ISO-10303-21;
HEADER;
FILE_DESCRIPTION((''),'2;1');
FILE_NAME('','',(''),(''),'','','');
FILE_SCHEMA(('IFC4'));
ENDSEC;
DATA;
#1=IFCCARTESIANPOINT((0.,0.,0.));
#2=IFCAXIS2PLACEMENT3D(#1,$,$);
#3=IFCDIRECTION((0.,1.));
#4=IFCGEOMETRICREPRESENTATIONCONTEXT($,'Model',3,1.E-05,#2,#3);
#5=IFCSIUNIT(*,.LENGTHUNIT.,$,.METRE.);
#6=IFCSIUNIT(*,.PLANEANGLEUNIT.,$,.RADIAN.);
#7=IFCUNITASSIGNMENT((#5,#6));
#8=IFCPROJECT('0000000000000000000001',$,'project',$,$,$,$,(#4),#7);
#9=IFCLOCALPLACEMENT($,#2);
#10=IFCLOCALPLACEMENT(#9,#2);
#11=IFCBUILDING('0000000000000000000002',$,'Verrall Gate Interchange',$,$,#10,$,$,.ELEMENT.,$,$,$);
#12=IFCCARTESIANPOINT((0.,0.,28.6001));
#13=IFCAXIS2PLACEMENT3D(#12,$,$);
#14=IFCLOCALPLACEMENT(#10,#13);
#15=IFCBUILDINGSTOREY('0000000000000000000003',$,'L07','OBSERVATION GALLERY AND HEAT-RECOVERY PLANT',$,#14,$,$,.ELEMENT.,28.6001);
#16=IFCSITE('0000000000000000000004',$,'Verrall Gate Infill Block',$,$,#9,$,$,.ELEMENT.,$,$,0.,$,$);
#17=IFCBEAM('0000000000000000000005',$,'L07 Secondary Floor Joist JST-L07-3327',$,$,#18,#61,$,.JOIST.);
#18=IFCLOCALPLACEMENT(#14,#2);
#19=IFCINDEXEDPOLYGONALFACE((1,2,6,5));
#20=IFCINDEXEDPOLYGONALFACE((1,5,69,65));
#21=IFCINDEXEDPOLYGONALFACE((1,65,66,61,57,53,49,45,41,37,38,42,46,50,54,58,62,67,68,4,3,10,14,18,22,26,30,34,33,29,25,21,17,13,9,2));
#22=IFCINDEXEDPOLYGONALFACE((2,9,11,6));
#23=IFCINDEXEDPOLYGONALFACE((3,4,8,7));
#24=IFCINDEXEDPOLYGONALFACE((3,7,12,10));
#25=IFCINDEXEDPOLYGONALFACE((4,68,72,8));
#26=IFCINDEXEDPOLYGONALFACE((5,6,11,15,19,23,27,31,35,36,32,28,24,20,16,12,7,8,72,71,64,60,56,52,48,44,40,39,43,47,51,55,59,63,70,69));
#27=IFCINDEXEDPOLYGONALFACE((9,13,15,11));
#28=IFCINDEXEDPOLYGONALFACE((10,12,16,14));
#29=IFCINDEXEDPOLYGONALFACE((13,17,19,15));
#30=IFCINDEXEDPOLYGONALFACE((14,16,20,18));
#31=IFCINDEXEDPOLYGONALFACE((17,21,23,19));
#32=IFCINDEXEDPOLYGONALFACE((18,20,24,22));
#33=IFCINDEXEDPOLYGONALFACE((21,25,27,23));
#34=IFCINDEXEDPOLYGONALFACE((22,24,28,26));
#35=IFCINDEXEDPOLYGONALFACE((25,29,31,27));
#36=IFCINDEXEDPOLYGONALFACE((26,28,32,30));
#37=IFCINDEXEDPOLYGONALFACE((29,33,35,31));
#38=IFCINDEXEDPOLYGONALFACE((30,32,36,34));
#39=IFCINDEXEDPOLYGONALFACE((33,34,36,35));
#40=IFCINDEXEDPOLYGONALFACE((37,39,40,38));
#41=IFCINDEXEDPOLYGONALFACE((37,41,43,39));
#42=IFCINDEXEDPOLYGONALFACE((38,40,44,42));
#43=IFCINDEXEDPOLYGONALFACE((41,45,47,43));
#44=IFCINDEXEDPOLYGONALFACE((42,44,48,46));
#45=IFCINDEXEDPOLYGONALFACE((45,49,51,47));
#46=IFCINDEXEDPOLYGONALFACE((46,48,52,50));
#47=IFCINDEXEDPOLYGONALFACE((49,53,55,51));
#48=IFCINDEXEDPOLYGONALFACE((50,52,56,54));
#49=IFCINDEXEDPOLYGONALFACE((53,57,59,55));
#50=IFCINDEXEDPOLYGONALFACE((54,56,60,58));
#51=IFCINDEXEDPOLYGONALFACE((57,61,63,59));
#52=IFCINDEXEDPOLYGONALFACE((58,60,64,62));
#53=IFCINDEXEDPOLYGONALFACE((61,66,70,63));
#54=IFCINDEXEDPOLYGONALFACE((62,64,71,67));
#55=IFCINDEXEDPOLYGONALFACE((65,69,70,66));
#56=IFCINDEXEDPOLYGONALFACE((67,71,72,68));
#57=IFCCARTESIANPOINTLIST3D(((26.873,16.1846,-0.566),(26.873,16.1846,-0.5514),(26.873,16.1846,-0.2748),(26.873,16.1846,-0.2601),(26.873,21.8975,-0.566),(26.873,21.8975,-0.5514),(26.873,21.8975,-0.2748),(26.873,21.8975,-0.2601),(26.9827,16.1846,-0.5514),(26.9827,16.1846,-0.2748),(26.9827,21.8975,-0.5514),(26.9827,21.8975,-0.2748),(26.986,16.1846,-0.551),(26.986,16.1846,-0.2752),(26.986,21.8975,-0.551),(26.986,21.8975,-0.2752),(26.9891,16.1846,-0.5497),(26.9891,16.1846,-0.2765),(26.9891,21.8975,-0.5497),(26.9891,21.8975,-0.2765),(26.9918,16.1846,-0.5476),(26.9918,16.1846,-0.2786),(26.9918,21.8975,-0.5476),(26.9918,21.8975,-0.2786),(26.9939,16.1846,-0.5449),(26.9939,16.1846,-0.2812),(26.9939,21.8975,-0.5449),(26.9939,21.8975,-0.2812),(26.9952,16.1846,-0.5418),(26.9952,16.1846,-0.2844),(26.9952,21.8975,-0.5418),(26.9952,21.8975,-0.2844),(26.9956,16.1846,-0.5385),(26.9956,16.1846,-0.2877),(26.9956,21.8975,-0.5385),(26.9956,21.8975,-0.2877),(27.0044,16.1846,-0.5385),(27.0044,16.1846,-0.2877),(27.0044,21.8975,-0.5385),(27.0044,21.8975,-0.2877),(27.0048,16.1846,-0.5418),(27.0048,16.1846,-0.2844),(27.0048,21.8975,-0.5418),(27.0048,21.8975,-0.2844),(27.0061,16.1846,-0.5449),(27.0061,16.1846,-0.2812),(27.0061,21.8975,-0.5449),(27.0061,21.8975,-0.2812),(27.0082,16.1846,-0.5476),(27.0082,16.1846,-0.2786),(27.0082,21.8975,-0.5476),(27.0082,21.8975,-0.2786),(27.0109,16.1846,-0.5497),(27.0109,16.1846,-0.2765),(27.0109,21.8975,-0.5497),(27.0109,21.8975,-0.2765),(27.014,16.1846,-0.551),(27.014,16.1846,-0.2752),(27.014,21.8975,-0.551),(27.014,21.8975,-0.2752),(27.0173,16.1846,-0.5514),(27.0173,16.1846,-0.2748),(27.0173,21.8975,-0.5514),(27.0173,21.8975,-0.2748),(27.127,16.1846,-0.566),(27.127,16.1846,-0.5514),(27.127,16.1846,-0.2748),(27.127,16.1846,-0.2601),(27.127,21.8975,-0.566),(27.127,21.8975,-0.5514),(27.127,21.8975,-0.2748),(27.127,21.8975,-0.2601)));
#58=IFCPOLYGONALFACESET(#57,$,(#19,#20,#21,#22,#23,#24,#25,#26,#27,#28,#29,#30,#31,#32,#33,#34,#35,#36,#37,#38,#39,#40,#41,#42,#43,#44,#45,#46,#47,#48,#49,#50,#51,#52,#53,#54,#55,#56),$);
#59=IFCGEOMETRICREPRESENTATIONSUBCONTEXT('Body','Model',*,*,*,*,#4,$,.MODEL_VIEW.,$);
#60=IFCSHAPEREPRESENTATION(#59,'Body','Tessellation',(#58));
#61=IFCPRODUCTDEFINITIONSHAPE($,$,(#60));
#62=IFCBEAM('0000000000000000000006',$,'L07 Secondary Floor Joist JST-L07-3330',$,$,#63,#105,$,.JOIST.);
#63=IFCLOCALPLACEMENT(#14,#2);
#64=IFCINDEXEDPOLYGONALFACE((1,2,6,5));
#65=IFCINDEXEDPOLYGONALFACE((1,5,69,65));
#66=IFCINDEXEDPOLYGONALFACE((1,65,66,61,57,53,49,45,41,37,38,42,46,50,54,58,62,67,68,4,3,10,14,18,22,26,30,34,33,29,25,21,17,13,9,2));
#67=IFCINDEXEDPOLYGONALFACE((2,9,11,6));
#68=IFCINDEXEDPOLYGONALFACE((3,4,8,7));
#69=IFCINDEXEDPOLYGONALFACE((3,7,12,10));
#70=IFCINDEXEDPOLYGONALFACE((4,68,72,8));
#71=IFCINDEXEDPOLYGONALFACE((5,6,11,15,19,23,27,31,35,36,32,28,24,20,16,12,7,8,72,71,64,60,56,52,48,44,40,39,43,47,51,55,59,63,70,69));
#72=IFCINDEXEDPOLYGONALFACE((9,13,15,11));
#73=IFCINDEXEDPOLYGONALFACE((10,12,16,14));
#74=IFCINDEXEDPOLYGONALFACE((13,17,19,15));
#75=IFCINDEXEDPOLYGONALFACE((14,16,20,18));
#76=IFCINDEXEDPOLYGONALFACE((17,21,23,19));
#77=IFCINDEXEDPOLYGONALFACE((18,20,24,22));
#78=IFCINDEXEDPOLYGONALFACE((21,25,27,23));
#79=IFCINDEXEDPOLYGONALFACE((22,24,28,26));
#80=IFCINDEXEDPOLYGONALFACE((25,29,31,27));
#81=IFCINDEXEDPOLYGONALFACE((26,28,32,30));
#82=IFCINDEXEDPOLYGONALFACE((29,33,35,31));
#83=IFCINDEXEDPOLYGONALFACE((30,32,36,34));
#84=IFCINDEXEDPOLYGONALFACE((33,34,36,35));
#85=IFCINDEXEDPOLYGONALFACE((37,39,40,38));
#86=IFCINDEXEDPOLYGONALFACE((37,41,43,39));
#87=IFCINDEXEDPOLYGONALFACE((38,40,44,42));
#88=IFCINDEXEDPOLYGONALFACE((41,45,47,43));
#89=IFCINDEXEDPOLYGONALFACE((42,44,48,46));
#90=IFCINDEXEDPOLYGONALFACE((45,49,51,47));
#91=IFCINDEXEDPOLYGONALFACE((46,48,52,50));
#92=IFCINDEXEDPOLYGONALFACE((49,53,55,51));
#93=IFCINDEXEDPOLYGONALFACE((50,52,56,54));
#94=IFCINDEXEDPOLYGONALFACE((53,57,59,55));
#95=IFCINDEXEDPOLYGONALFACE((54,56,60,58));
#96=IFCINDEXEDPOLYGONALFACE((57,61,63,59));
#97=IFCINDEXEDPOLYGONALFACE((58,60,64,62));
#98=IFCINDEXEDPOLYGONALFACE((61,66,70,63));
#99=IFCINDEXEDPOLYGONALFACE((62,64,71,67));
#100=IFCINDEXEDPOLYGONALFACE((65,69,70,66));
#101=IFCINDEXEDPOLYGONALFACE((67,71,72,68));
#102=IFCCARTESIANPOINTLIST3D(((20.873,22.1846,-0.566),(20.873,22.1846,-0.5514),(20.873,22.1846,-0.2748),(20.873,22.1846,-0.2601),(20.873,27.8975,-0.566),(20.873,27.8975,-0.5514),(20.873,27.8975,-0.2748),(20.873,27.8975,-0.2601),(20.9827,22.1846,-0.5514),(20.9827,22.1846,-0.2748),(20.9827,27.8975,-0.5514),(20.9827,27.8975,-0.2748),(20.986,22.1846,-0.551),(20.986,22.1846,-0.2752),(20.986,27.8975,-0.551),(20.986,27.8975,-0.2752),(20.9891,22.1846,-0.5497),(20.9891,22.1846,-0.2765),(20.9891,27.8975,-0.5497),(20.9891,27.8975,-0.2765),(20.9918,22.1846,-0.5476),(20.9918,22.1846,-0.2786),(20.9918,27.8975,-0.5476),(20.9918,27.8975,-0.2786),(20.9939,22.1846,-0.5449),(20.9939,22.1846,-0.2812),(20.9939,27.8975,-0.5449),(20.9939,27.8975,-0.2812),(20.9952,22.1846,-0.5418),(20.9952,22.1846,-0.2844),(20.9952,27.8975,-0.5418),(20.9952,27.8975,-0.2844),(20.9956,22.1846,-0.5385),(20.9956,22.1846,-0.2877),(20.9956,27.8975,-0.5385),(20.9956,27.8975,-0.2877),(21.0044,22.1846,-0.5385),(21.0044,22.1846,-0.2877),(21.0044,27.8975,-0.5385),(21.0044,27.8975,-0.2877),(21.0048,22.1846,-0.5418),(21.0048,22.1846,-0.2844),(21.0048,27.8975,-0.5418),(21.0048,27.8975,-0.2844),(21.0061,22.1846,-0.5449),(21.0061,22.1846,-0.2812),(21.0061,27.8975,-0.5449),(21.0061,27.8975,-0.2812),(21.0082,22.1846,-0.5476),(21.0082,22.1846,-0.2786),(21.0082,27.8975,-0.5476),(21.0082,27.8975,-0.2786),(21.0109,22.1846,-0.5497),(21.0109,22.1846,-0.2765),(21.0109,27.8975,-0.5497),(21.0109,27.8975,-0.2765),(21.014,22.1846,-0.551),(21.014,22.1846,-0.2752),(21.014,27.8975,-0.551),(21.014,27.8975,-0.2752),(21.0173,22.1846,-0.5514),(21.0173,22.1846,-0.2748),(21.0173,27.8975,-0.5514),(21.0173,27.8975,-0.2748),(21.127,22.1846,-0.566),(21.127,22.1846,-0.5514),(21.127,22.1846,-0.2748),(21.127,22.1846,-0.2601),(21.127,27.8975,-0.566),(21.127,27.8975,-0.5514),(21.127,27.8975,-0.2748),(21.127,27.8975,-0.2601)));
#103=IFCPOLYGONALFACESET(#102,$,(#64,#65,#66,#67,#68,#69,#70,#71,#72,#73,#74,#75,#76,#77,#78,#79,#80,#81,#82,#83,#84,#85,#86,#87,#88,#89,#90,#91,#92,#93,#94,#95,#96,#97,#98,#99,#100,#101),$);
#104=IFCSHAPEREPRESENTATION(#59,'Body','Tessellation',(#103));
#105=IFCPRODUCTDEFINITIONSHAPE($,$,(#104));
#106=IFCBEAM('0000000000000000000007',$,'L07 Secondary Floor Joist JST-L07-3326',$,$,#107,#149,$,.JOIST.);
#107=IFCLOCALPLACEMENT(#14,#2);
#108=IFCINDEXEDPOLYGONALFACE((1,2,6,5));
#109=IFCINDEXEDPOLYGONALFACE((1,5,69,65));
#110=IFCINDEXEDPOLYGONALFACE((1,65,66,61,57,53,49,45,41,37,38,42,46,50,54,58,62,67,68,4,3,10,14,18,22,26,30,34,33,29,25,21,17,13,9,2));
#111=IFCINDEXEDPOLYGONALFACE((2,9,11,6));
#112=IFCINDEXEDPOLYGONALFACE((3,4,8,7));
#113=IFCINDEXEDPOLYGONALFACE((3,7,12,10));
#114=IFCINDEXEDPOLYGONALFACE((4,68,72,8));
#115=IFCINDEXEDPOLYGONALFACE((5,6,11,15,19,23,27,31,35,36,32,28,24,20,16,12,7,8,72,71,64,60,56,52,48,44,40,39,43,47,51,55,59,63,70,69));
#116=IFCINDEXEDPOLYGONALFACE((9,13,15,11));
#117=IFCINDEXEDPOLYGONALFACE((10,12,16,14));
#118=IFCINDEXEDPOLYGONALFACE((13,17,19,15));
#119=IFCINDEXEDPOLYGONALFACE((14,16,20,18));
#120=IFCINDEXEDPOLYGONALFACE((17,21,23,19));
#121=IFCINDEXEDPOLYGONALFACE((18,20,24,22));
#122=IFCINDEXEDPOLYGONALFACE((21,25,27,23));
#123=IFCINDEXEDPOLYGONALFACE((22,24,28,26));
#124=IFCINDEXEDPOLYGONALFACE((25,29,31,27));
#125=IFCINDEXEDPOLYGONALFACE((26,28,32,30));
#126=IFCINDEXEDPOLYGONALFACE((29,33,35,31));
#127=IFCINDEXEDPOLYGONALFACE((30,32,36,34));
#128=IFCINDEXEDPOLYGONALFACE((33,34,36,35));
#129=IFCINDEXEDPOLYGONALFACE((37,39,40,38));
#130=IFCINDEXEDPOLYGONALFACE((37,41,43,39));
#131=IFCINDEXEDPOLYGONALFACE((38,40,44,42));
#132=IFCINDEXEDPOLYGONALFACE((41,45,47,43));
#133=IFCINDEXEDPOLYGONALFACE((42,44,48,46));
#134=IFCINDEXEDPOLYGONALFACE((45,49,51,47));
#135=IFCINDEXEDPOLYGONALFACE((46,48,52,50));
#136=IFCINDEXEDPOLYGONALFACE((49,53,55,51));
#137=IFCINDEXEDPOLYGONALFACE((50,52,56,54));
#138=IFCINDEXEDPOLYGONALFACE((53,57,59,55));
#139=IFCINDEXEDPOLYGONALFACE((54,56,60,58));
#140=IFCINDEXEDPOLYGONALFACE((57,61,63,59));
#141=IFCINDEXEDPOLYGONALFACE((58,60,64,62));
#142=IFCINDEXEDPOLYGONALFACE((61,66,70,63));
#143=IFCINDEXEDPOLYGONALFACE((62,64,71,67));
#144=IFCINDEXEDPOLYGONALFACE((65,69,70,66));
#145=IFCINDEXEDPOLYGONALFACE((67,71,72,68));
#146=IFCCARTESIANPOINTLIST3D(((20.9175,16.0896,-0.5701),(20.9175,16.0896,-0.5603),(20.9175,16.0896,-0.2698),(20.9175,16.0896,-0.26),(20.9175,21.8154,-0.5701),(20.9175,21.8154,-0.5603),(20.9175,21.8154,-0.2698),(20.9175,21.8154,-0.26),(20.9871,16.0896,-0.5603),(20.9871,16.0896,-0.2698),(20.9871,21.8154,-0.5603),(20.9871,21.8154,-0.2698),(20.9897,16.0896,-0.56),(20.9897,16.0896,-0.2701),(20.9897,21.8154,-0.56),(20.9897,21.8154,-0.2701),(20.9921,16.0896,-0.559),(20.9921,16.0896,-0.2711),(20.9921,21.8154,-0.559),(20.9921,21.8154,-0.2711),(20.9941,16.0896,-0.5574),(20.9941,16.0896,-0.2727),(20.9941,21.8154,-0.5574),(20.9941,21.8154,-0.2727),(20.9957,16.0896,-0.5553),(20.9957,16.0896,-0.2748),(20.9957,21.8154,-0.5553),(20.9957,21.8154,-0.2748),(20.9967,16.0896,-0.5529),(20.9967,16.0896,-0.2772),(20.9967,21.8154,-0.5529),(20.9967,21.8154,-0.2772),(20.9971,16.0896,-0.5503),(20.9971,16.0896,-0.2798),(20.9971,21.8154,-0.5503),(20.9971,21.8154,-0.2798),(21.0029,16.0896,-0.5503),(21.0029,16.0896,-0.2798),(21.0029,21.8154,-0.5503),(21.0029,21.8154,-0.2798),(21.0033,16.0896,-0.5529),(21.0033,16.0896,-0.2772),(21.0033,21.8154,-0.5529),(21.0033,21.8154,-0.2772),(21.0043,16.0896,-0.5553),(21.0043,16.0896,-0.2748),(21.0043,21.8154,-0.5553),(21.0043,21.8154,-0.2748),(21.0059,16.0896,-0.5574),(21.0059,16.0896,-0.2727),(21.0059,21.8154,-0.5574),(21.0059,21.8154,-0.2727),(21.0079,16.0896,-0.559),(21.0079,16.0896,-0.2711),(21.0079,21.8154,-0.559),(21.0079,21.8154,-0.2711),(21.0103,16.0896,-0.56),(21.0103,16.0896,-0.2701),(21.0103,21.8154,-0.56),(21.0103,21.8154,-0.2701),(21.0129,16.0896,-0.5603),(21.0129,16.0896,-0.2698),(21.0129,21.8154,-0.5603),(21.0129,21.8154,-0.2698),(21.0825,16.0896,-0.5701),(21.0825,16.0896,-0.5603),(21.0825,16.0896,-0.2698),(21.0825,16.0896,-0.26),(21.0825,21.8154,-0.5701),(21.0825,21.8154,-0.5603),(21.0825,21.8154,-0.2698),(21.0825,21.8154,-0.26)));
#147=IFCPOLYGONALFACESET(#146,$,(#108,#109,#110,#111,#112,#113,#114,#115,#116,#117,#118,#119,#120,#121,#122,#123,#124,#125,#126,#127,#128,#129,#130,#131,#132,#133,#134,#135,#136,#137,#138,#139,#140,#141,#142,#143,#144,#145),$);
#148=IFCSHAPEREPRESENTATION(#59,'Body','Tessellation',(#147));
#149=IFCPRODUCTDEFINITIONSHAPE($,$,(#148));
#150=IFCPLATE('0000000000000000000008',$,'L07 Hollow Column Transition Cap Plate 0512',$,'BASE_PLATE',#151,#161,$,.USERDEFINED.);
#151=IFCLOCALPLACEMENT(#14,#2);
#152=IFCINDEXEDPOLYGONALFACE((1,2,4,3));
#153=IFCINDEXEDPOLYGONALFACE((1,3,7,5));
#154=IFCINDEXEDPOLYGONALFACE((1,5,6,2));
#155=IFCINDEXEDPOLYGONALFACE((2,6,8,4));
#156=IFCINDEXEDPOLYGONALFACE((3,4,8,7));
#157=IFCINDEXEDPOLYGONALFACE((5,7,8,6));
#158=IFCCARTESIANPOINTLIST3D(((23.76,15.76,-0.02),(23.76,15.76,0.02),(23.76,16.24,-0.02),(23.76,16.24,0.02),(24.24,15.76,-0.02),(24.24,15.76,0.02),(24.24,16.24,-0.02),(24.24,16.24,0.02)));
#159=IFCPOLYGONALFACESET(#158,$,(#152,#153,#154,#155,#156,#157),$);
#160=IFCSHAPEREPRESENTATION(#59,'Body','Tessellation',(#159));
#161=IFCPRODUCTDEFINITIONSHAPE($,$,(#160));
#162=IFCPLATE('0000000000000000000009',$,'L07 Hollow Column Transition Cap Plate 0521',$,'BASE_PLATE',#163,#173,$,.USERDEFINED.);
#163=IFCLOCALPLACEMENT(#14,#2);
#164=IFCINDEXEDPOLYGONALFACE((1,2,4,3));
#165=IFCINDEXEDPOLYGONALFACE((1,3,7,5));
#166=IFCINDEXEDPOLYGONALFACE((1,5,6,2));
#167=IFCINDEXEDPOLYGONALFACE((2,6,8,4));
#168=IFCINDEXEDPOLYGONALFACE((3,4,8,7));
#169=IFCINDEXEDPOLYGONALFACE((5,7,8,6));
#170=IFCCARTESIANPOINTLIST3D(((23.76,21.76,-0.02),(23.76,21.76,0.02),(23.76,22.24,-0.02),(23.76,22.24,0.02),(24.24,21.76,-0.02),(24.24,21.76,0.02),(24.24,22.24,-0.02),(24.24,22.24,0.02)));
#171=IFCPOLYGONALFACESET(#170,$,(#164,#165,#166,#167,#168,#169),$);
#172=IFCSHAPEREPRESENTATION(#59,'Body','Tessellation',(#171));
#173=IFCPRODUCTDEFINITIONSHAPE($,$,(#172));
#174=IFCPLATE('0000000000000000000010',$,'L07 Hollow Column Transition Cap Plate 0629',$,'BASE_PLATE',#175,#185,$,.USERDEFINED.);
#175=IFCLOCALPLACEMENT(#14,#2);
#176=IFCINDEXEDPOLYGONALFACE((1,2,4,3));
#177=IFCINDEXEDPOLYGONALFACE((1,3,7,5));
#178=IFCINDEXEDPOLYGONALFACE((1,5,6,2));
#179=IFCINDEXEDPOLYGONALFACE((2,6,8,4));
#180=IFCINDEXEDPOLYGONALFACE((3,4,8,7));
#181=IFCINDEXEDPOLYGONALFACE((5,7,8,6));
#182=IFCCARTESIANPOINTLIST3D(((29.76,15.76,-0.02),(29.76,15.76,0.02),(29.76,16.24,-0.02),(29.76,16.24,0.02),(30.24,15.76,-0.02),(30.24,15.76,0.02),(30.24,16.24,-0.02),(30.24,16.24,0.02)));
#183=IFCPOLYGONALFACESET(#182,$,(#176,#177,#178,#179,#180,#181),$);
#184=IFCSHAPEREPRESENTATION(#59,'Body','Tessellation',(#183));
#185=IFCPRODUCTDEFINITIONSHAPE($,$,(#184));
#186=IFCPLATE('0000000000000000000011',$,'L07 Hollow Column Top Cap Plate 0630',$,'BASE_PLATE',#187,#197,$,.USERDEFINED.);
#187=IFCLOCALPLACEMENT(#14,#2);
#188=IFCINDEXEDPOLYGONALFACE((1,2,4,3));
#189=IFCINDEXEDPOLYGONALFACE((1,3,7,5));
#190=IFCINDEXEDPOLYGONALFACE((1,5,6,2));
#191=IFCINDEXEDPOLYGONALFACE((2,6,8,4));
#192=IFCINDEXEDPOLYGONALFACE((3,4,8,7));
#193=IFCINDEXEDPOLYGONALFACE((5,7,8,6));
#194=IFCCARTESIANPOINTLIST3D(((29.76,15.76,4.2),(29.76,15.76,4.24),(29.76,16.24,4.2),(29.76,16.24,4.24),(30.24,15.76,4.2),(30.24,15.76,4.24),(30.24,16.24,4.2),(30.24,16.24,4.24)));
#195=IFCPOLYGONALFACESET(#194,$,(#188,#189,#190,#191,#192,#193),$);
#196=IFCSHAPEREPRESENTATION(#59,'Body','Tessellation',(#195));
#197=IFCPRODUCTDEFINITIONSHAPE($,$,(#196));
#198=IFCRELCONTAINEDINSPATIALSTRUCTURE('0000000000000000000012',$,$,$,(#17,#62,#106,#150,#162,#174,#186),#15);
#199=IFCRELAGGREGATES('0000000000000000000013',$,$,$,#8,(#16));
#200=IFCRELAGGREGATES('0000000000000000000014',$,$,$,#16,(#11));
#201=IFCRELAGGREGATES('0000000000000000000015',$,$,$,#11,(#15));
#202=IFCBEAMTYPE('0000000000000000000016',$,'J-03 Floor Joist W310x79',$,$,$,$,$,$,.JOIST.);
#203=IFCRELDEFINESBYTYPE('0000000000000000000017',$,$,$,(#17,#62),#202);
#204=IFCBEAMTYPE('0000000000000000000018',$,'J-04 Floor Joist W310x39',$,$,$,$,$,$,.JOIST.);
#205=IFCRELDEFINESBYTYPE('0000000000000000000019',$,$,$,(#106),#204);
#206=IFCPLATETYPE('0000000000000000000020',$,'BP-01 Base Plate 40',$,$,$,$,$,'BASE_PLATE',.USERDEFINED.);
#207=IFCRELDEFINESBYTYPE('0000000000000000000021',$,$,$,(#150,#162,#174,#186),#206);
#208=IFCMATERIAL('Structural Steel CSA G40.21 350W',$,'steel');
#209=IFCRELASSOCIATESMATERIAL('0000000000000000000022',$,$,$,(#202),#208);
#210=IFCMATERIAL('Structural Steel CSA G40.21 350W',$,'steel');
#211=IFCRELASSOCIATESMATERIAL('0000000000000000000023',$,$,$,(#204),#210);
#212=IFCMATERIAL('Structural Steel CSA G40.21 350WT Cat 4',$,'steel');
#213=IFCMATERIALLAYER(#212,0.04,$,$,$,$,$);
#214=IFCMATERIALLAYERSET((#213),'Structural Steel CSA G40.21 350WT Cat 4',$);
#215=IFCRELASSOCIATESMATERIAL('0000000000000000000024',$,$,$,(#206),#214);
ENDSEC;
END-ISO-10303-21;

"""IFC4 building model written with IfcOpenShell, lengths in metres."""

from ifc_helpers import new_model, si_unit, direction, frame, origin, origin_2d, place, context, subcontext, project, spatial, rectangle, i_section, extrude, material, layer, layer_set, material_profile, profile_set, type_object, element, save


model = new_model("IFC4")

# Units and contexts
model_context = context("Model", 3, precision=1e-05, world=origin(), true_north=direction((0.0, 1.0)))
body_context = subcontext(model_context, "Body", "Model", "MODEL_VIEW")
ifc_project = project(units=[si_unit("LENGTHUNIT", "METRE"), si_unit("PLANEANGLEUNIT", "RADIAN")], contexts=[model_context])

# Site, building, storey
site_placement = place(None, origin())
site = spatial("IfcSite", under=ifc_project, at=site_placement, Name="Verrall Gate Infill Block", CompositionType="ELEMENT", RefElevation=0.0)
building_placement = place(site_placement, origin())
building = spatial("IfcBuilding", under=site, at=building_placement, Name="Verrall Gate Interchange", CompositionType="ELEMENT")
storey_placement = place(building_placement, frame((0.0, 0.0, 28.6001)))
storey = spatial("IfcBuildingStorey", under=building, at=storey_placement, Name="L07", Description="OBSERVATION GALLERY AND HEAT-RECOVERY PLANT", CompositionType="ELEMENT", Elevation=28.6001)

# Beams
ifc_material_1 = material(Name="Structural Steel CSA G40.21 350W", Category="steel")
ifc_material_profile_1 = material_profile(ifc_material_1, i_section(OverallWidth=0.2539, OverallDepth=0.3059, WebThickness=0.0088, FlangeThickness=0.0146, FilletRadius=0.0129, at=origin_2d()), Name="W310x79")
ifc_profile_set_1 = profile_set([ifc_material_profile_1], Name="Structural Steel CSA G40.21 350W")
beam_type_1 = type_object("IfcBeamType", Name="J-03 Floor Joist W310x79", PredefinedType="JOIST", material=ifc_profile_set_1)
for number, where, z_axis, x_axis, name in (
    (1, (27.0, 16.1846, -0.4131), (0.0, 1.0, 0.0), (-1.0, 0.0, 0.0), "L07 Secondary Floor Joist JST-L07-3327"),
    (2, (21.0, 22.1846, -0.4131), (0.0, 1.0, 0.0), (-1.0, 0.0, 0.0), "L07 Secondary Floor Joist JST-L07-3330"),
):
    element("IfcBeam", number, at=place(storey_placement, frame(where, z_axis=z_axis, x_axis=x_axis)), inside=storey, type_object=beam_type_1, Name=name, PredefinedType="JOIST", context=body_context, shape_type="SweptSolid", body=[
        extrude(i_section(OverallWidth=0.2539, OverallDepth=0.3059, WebThickness=0.0088, FlangeThickness=0.0146, FilletRadius=0.0129, at=origin_2d()), origin(), (0.0, 0.0, 1.0), 5.7129),
    ])
ifc_material_2 = material(Name="Structural Steel CSA G40.21 350W", Category="steel")
ifc_material_profile_2 = material_profile(ifc_material_2, i_section(OverallWidth=0.165, OverallDepth=0.3101, WebThickness=0.0059, FlangeThickness=0.0098, FilletRadius=0.01, at=origin_2d()), Name="W310x39")
ifc_profile_set_2 = profile_set([ifc_material_profile_2], Name="Structural Steel CSA G40.21 350W")
beam_type_2 = type_object("IfcBeamType", Name="J-04 Floor Joist W310x39", PredefinedType="JOIST", material=ifc_profile_set_2)
beam_1_placement = place(storey_placement, frame((21.0, 16.0896, -0.415), z_axis=(0.0, 1.0, 0.0), x_axis=(-1.0, 0.0, 0.0)))
element("IfcBeam", 3, at=beam_1_placement, inside=storey, type_object=beam_type_2, Name="L07 Secondary Floor Joist JST-L07-3326", PredefinedType="JOIST", context=body_context, shape_type="SweptSolid", body=[
    extrude(i_section(OverallWidth=0.165, OverallDepth=0.3101, WebThickness=0.0059, FlangeThickness=0.0098, FilletRadius=0.01, at=origin_2d()), origin(), (0.0, 0.0, 1.0), 5.7258),
])

# Plates
ifc_material_3 = material(Name="Structural Steel CSA G40.21 350WT Cat 4", Category="steel")
ifc_layer_1 = layer(ifc_material_3, 0.04)
ifc_layer_set_1 = layer_set([ifc_layer_1], Name="Structural Steel CSA G40.21 350WT Cat 4")
plate_type_1 = type_object("IfcPlateType", Name="BP-01 Base Plate 40", ElementType="BASE_PLATE", PredefinedType="USERDEFINED", material=ifc_layer_set_1)
for number, where, z_axis, x_axis, name in (
    (4, (24.0, 16.0, -0.02), (0.0, 0.0, 1.0), (1.0, 0.0, 0.0), "L07 Hollow Column Transition Cap Plate 0512"),
    (5, (24.0, 22.0, -0.02), (0.0, 0.0, 1.0), (1.0, 0.0, 0.0), "L07 Hollow Column Transition Cap Plate 0521"),
    (6, (30.0, 16.0, -0.02), (0.0, 0.0, 1.0), (1.0, 0.0, 0.0), "L07 Hollow Column Transition Cap Plate 0629"),
    (7, (30.0, 16.0, 4.2), (0.0, 0.0, 1.0), (1.0, 0.0, 0.0), "L07 Hollow Column Top Cap Plate 0630"),
):
    element("IfcPlate", number, at=place(storey_placement, frame(where, z_axis=z_axis, x_axis=x_axis)), inside=storey, type_object=plate_type_1, Name=name, ObjectType="BASE_PLATE", PredefinedType="USERDEFINED", context=body_context, shape_type="SweptSolid", body=[
        extrude(rectangle(XDim=0.48, YDim=0.48, at=origin_2d()), origin(), (0.0, 0.0, 1.0), 0.04),
    ])

save(model, "model.ifc")
